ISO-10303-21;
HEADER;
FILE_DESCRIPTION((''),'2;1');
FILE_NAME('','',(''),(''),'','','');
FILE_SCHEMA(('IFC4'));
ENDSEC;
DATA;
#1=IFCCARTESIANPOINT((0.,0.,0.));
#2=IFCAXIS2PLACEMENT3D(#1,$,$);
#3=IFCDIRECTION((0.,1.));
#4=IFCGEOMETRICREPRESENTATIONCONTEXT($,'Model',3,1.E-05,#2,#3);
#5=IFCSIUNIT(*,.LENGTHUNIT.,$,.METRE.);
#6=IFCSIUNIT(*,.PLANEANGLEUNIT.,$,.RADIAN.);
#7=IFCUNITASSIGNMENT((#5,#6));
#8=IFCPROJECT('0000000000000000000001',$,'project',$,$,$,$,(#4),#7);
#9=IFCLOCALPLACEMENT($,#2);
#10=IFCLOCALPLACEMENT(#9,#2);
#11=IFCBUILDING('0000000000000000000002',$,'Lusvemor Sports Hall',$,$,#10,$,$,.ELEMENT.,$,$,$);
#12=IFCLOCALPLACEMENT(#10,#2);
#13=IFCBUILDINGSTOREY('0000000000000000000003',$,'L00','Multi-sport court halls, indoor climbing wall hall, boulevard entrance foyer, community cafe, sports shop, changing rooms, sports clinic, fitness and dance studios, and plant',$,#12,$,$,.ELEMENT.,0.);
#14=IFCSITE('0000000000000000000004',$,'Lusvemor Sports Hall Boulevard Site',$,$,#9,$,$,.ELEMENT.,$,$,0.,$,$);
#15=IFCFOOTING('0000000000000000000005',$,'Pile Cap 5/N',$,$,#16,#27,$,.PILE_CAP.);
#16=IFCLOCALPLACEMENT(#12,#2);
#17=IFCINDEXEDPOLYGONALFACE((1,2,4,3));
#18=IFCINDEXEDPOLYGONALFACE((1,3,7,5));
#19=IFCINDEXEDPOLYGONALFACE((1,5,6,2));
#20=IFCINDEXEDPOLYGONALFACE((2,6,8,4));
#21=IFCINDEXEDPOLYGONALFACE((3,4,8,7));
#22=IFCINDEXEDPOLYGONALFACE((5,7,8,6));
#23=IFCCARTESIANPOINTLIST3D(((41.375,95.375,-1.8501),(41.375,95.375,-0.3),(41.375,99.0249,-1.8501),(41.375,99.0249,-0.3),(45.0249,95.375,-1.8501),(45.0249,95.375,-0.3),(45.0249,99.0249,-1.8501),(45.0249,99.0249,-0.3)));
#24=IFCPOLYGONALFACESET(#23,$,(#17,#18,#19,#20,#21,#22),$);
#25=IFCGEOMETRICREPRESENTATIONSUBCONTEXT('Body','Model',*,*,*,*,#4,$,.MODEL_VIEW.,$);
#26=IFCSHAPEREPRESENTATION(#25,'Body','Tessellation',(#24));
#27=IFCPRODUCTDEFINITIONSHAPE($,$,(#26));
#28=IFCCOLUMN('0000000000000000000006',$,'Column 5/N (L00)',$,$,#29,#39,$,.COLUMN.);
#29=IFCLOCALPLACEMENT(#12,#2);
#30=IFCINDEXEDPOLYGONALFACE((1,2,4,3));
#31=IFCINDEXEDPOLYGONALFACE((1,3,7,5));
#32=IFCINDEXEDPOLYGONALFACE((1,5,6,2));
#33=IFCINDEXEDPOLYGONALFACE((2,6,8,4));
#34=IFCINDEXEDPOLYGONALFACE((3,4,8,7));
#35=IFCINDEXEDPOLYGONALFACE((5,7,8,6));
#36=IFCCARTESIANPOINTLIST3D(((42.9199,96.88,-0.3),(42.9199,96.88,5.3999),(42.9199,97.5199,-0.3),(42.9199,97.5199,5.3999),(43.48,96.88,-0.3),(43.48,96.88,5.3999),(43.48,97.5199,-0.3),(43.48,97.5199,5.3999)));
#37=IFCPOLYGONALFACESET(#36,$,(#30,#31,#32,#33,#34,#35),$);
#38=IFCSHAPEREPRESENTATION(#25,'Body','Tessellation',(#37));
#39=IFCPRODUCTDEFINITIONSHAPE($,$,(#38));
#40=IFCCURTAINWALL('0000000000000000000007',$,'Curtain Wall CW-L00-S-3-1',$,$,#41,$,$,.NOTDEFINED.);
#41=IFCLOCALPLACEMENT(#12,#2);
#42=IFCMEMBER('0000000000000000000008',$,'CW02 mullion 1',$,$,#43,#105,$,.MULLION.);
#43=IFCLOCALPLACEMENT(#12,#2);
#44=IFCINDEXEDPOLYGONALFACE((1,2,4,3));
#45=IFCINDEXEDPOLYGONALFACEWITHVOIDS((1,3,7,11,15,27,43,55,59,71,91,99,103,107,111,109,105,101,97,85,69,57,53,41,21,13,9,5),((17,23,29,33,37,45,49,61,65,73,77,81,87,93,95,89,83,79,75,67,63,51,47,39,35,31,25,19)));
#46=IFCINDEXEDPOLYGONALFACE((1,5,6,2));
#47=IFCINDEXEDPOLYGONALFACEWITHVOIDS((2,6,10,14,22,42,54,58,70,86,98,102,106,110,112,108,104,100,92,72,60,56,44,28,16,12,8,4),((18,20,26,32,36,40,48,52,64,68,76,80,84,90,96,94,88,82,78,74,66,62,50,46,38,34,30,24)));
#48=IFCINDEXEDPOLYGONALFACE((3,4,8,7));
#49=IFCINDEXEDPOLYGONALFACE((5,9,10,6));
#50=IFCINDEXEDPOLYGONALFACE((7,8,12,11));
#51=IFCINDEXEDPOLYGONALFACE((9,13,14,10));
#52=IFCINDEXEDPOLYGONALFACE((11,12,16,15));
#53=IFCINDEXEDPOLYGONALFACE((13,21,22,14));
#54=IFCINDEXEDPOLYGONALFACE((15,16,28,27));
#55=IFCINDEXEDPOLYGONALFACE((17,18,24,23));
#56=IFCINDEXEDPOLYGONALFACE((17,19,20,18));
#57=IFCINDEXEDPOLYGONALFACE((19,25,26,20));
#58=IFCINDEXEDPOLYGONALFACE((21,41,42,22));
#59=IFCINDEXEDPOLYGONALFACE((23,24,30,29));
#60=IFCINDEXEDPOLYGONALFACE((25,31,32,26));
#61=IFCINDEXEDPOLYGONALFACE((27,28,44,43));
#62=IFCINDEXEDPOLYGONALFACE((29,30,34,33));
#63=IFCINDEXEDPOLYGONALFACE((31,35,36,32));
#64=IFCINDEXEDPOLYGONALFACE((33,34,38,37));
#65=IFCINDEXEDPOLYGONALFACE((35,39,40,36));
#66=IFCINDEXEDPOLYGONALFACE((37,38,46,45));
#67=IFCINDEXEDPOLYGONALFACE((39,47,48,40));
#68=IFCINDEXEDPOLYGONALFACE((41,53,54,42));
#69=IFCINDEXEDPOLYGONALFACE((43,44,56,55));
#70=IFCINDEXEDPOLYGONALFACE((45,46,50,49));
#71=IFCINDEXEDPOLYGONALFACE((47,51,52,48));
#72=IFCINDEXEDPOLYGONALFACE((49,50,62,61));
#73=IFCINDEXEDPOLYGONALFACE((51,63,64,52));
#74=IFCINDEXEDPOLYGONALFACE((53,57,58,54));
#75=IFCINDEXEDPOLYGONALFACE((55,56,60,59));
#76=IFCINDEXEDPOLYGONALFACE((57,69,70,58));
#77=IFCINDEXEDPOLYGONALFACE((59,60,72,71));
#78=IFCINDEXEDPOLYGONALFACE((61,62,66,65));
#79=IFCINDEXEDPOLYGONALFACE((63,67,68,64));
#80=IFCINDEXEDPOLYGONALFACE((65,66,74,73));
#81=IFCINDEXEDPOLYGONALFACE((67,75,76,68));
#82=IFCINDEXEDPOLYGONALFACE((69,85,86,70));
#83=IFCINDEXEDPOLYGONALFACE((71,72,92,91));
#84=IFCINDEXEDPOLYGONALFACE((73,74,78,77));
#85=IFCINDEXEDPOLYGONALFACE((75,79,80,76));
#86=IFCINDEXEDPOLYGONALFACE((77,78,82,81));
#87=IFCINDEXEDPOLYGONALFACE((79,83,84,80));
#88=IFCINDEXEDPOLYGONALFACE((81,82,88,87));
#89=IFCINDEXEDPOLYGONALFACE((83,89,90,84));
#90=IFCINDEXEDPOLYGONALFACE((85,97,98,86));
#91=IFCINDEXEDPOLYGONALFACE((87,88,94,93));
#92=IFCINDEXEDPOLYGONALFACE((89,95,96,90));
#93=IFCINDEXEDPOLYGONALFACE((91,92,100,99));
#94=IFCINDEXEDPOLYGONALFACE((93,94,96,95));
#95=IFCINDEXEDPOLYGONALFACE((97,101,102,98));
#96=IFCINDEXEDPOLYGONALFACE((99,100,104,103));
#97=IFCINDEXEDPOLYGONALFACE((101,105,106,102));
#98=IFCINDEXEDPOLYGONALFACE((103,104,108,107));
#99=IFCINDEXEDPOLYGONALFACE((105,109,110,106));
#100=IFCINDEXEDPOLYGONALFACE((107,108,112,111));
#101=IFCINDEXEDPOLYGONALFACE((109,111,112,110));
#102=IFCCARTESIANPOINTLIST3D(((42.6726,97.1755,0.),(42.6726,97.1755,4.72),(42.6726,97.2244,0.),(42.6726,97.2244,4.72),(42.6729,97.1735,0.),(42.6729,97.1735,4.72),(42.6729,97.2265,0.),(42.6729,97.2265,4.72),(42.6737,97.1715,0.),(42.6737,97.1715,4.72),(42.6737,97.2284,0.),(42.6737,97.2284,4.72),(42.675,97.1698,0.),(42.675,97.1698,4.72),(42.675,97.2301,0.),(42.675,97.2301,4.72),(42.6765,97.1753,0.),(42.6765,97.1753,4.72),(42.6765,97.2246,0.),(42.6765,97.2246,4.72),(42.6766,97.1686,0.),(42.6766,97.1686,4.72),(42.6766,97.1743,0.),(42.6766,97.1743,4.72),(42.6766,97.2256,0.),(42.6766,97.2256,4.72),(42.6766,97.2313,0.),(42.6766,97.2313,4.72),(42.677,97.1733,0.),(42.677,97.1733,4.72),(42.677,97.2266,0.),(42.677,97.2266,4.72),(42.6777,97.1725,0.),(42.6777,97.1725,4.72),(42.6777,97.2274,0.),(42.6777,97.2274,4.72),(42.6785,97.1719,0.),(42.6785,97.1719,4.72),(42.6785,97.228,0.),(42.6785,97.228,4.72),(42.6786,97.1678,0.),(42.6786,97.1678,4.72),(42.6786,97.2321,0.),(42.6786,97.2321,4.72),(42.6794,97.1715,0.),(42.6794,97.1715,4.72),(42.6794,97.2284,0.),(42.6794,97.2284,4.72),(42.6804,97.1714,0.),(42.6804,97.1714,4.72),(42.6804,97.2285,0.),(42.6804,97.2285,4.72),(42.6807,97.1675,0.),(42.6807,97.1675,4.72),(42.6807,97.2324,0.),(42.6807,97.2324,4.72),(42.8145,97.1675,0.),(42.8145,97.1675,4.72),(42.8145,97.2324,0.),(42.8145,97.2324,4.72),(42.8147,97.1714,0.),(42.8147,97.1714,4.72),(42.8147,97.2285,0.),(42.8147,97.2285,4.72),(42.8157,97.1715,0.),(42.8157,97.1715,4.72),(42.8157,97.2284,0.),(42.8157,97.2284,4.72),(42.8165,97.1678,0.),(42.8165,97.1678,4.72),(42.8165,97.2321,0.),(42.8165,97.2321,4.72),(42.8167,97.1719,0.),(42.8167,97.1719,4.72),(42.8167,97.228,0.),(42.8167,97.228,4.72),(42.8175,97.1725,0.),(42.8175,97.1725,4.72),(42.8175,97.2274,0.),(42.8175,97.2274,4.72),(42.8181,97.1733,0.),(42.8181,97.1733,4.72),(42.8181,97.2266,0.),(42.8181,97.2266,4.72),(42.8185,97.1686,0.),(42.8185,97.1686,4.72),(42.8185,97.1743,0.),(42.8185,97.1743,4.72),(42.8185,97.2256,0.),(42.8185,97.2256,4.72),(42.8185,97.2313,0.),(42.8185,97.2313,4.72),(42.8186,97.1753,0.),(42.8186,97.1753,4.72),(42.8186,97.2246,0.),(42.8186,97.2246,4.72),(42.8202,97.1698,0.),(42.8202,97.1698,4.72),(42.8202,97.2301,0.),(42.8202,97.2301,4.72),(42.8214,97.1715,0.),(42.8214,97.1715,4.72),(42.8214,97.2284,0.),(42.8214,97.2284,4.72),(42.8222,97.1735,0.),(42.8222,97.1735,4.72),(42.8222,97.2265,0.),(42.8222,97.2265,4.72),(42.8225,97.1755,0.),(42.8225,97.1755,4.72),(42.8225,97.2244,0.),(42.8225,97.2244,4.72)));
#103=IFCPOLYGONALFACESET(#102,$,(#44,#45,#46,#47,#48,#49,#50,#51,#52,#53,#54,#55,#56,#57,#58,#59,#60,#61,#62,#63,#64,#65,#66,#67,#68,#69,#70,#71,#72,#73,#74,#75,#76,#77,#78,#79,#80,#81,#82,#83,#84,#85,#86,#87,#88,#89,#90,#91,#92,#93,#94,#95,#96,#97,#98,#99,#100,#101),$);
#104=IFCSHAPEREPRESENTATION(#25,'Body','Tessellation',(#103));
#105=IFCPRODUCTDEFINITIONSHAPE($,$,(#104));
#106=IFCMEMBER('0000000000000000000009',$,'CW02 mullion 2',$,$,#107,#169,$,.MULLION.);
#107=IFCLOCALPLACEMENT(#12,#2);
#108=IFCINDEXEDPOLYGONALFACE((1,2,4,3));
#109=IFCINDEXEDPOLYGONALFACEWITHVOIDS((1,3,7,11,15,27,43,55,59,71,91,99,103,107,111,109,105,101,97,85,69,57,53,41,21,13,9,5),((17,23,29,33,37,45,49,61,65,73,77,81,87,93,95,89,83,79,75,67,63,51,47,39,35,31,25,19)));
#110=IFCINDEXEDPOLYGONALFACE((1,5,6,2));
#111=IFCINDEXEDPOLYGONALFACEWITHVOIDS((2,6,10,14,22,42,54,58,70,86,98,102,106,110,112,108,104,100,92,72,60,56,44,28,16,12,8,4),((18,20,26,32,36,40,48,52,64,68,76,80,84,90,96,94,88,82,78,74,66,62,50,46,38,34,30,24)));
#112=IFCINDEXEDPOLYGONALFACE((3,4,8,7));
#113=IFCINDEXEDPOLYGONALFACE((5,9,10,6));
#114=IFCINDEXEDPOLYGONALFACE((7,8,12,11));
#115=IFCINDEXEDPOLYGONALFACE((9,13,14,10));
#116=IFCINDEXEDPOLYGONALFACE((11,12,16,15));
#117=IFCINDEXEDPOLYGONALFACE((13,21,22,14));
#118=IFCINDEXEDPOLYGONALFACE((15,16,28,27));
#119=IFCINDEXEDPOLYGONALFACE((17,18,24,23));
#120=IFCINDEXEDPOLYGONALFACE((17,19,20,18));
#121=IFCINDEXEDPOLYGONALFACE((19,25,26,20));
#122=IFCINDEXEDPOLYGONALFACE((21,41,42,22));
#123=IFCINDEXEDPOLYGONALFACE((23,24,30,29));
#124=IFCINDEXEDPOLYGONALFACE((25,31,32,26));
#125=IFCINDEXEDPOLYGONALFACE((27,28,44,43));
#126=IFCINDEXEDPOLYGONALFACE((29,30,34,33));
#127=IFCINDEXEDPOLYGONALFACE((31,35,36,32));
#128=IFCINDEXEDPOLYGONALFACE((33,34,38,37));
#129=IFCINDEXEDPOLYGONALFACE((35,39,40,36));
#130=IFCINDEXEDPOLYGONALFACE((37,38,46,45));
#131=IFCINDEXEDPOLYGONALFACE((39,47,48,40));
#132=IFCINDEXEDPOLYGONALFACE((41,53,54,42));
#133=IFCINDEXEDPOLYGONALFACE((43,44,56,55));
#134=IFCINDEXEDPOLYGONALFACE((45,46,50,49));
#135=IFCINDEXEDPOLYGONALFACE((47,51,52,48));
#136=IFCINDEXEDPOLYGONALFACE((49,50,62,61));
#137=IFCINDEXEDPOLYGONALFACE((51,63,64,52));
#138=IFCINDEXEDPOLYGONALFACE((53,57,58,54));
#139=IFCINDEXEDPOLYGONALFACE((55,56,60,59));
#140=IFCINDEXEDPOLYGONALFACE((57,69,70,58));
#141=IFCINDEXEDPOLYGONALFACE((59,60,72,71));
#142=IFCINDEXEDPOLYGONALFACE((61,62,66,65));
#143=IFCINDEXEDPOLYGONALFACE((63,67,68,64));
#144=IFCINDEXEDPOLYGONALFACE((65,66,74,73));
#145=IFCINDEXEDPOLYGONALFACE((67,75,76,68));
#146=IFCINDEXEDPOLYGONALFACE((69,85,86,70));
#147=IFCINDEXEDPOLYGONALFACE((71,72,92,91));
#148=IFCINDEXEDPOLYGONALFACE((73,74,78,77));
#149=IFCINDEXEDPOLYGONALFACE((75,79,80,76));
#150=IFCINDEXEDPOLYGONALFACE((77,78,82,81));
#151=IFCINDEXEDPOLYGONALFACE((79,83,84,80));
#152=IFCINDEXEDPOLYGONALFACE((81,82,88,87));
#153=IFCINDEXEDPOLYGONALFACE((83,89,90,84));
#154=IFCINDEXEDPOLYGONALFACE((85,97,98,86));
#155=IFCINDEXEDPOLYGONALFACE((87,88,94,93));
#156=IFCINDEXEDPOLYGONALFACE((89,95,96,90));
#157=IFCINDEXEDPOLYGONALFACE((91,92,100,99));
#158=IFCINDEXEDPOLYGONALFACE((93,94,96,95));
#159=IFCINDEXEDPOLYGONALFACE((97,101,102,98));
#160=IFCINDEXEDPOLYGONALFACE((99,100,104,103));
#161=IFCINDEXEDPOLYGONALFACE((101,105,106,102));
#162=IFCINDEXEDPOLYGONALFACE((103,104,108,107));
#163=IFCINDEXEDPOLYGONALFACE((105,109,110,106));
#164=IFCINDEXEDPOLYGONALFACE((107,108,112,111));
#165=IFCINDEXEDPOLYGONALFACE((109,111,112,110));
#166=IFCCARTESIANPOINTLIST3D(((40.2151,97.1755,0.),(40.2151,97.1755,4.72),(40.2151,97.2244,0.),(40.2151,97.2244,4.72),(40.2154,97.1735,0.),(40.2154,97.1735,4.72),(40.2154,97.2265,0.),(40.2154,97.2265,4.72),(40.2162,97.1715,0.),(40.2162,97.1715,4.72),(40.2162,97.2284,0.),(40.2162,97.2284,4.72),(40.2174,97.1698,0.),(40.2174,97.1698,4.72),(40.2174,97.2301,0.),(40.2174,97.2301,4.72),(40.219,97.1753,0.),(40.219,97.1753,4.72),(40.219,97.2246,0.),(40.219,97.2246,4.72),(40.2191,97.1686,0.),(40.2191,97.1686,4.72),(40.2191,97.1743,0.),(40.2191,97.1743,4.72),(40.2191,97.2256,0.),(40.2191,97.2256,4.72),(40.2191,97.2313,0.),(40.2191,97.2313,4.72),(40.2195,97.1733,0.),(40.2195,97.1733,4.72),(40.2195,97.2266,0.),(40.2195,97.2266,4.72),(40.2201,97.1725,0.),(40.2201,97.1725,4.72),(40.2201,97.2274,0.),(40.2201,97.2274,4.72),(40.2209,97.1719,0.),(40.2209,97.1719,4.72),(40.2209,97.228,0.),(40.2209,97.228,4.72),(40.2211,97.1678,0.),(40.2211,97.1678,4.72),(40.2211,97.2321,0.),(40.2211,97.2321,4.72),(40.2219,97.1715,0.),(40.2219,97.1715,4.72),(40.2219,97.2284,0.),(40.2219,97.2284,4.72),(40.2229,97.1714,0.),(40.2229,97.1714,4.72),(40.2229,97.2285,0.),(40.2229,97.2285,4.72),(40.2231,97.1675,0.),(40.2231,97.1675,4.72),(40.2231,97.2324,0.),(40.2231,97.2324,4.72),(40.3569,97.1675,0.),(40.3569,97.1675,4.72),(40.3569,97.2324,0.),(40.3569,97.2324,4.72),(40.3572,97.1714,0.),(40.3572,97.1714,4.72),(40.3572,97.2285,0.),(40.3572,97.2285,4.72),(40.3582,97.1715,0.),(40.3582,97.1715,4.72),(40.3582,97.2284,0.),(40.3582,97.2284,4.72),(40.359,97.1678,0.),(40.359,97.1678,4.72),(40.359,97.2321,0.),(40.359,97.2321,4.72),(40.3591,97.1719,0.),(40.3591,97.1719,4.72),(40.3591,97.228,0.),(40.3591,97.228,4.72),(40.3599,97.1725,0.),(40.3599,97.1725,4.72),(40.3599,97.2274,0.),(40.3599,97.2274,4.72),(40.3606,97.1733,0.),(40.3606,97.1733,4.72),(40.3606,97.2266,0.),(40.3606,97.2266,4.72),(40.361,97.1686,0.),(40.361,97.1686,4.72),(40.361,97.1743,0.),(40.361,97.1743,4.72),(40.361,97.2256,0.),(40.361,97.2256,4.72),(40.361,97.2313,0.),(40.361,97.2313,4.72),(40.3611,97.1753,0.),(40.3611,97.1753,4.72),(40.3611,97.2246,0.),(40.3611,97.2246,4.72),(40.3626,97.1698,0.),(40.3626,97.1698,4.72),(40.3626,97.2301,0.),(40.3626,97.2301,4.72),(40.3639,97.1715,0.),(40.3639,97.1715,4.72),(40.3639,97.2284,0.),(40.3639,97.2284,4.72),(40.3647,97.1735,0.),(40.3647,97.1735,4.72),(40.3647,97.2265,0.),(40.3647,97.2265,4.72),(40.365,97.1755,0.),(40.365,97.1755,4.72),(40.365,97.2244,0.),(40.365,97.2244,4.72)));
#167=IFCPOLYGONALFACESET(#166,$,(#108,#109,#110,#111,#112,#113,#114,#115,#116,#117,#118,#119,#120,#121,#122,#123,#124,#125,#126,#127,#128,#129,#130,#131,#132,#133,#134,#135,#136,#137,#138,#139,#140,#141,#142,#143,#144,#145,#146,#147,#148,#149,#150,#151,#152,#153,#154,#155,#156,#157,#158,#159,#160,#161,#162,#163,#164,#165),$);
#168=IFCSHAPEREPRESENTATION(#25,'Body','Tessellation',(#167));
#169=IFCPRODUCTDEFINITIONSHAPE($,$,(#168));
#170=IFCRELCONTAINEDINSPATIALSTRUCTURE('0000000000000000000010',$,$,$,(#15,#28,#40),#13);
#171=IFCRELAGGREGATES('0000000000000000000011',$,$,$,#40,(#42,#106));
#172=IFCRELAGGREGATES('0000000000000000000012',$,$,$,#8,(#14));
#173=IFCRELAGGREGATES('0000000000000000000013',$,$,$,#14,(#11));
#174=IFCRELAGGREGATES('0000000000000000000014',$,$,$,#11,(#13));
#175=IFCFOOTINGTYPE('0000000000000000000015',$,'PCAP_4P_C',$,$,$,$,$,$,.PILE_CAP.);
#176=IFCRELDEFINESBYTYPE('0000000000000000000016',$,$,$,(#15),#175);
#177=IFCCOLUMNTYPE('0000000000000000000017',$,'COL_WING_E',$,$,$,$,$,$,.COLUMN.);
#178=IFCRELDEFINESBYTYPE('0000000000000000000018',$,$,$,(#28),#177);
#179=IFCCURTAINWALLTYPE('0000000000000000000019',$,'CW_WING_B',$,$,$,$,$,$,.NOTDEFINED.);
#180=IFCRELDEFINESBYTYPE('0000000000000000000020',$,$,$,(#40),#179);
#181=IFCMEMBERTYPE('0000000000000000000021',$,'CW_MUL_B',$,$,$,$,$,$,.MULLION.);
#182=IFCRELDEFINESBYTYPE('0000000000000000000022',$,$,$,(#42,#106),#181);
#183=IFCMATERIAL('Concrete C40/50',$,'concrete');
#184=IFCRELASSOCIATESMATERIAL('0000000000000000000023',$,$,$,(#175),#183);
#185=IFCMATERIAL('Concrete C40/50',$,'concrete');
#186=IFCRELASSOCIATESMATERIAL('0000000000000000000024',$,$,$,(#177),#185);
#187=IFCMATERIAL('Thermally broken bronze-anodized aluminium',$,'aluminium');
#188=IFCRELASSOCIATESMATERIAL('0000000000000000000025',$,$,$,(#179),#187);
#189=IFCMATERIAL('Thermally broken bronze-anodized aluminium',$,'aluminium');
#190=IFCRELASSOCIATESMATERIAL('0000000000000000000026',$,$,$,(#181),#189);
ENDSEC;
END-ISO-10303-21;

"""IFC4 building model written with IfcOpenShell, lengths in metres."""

from ifc_helpers import new_model, si_unit, direction, frame, origin, origin_2d, place, context, subcontext, project, spatial, rectangle, hollow_rectangle, extrude, material, material_profile, profile_set, type_object, element, aggregate, save


model = new_model("IFC4")

# Units and contexts
model_context = context("Model", 3, precision=1e-05, world=origin(), true_north=direction((0.0, 1.0)))
body_context = subcontext(model_context, "Body", "Model", "MODEL_VIEW")
ifc_project = project(units=[si_unit("LENGTHUNIT", "METRE"), si_unit("PLANEANGLEUNIT", "RADIAN")], contexts=[model_context])

# Site, building, storey
site_placement = place(None, origin())
site = spatial("IfcSite", under=ifc_project, at=site_placement, Name="Lusvemor Sports Hall Boulevard Site", CompositionType="ELEMENT", RefElevation=0.0)
building_placement = place(site_placement, origin())
building = spatial("IfcBuilding", under=site, at=building_placement, Name="Lusvemor Sports Hall", CompositionType="ELEMENT")
storey_placement = place(building_placement, origin())
storey = spatial("IfcBuildingStorey", under=building, at=storey_placement, Name="L00", Description="Multi-sport court halls, indoor climbing wall hall, boulevard entrance foyer, community cafe, sports shop, changing rooms, sports clinic, fitness and dance studios, and plant", CompositionType="ELEMENT", Elevation=0.0)

# Footing
ifc_material_1 = material(Name="Concrete C40/50", Category="concrete")
footing_type = type_object("IfcFootingType", Name="PCAP_4P_C", PredefinedType="PILE_CAP", material=ifc_material_1)
footing_placement = place(storey_placement, frame((43.2, 97.2, -1.8501), z_axis=(0.0, 0.0, 1.0), x_axis=(1.0, 0.0, 0.0)))
element("IfcFooting", 1, at=footing_placement, inside=storey, type_object=footing_type, Name="Pile Cap 5/N", PredefinedType="PILE_CAP", context=body_context, shape_type="SweptSolid", body=[
    extrude(rectangle(XDim=3.6499, YDim=3.6499, at=origin_2d()), origin(), (0.0, 0.0, 1.0), 1.55),
])

# Column
ifc_material_2 = material(Name="Concrete C40/50", Category="concrete")
ifc_material_profile_1 = material_profile(ifc_material_2, rectangle(XDim=0.5601, YDim=0.6399, at=origin_2d()), Name="RC560x640")
ifc_profile_set_1 = profile_set([ifc_material_profile_1], Name="Concrete C40/50")
column_type = type_object("IfcColumnType", Name="COL_WING_E", PredefinedType="COLUMN", material=ifc_profile_set_1)
column_placement = place(storey_placement, frame((43.2, 97.2, -0.3), z_axis=(0.0, 0.0, 1.0), x_axis=(1.0, 0.0, 0.0)))
element("IfcColumn", 2, at=column_placement, inside=storey, type_object=column_type, Name="Column 5/N (L00)", PredefinedType="COLUMN", context=body_context, shape_type="SweptSolid", body=[
    extrude(rectangle(XDim=0.5601, YDim=0.6399, at=origin_2d()), origin(), (0.0, 0.0, 1.0), 5.7),
])

# Curtain wall, members
ifc_material_3 = material(Name="Thermally broken bronze-anodized aluminium", Category="aluminium")
curtain_wall_type = type_object("IfcCurtainWallType", Name="CW_WING_B", PredefinedType="NOTDEFINED", material=ifc_material_3)
curtain_wall_1_placement = place(storey_placement, origin())
curtain_wall_1 = element("IfcCurtainWall", 3, at=curtain_wall_1_placement, inside=storey, type_object=curtain_wall_type, Name="Curtain Wall CW-L00-S-3-1", PredefinedType="NOTDEFINED")
ifc_material_4 = material(Name="Thermally broken bronze-anodized aluminium", Category="aluminium")
ifc_material_profile_2 = material_profile(ifc_material_4, hollow_rectangle(XDim=0.0649, YDim=0.1499, WallThickness=0.0039, InnerFilletRadius=0.0039, OuterFilletRadius=0.0081, at=origin_2d()), Name="CWMUL150x65x4")
ifc_profile_set_2 = profile_set([ifc_material_profile_2], Name="Thermally broken bronze-anodized aluminium")
member_type_1 = type_object("IfcMemberType", Name="CW_MUL_B", PredefinedType="MULLION", material=ifc_profile_set_2)
member_1_placement = place(storey_placement, frame((42.7476, 97.2, 0.0), z_axis=(0.0, 0.0, 1.0), x_axis=(0.0, -1.0, 0.0)))
member_1 = element("IfcMember", 4, at=member_1_placement, type_object=member_type_1, Name="CW02 mullion 1", PredefinedType="MULLION", context=body_context, shape_type="SweptSolid", body=[
    extrude(hollow_rectangle(XDim=0.0649, YDim=0.1499, WallThickness=0.0039, InnerFilletRadius=0.0039, OuterFilletRadius=0.0081, at=origin_2d()), origin(), (0.0, 0.0, 1.0), 4.72),
])
member_2_placement = place(storey_placement, frame((40.29, 97.2, 0.0), z_axis=(0.0, 0.0, 1.0), x_axis=(0.0, -1.0, 0.0)))
member_2 = element("IfcMember", 5, at=member_2_placement, type_object=member_type_1, Name="CW02 mullion 2", PredefinedType="MULLION", context=body_context, shape_type="SweptSolid", body=[
    extrude(hollow_rectangle(XDim=0.0649, YDim=0.1499, WallThickness=0.0039, InnerFilletRadius=0.0039, OuterFilletRadius=0.0081, at=origin_2d()), origin(), (0.0, 0.0, 1.0), 4.72),
])

aggregate(curtain_wall_1, [member_1, member_2])

save(model, "model.ifc")
